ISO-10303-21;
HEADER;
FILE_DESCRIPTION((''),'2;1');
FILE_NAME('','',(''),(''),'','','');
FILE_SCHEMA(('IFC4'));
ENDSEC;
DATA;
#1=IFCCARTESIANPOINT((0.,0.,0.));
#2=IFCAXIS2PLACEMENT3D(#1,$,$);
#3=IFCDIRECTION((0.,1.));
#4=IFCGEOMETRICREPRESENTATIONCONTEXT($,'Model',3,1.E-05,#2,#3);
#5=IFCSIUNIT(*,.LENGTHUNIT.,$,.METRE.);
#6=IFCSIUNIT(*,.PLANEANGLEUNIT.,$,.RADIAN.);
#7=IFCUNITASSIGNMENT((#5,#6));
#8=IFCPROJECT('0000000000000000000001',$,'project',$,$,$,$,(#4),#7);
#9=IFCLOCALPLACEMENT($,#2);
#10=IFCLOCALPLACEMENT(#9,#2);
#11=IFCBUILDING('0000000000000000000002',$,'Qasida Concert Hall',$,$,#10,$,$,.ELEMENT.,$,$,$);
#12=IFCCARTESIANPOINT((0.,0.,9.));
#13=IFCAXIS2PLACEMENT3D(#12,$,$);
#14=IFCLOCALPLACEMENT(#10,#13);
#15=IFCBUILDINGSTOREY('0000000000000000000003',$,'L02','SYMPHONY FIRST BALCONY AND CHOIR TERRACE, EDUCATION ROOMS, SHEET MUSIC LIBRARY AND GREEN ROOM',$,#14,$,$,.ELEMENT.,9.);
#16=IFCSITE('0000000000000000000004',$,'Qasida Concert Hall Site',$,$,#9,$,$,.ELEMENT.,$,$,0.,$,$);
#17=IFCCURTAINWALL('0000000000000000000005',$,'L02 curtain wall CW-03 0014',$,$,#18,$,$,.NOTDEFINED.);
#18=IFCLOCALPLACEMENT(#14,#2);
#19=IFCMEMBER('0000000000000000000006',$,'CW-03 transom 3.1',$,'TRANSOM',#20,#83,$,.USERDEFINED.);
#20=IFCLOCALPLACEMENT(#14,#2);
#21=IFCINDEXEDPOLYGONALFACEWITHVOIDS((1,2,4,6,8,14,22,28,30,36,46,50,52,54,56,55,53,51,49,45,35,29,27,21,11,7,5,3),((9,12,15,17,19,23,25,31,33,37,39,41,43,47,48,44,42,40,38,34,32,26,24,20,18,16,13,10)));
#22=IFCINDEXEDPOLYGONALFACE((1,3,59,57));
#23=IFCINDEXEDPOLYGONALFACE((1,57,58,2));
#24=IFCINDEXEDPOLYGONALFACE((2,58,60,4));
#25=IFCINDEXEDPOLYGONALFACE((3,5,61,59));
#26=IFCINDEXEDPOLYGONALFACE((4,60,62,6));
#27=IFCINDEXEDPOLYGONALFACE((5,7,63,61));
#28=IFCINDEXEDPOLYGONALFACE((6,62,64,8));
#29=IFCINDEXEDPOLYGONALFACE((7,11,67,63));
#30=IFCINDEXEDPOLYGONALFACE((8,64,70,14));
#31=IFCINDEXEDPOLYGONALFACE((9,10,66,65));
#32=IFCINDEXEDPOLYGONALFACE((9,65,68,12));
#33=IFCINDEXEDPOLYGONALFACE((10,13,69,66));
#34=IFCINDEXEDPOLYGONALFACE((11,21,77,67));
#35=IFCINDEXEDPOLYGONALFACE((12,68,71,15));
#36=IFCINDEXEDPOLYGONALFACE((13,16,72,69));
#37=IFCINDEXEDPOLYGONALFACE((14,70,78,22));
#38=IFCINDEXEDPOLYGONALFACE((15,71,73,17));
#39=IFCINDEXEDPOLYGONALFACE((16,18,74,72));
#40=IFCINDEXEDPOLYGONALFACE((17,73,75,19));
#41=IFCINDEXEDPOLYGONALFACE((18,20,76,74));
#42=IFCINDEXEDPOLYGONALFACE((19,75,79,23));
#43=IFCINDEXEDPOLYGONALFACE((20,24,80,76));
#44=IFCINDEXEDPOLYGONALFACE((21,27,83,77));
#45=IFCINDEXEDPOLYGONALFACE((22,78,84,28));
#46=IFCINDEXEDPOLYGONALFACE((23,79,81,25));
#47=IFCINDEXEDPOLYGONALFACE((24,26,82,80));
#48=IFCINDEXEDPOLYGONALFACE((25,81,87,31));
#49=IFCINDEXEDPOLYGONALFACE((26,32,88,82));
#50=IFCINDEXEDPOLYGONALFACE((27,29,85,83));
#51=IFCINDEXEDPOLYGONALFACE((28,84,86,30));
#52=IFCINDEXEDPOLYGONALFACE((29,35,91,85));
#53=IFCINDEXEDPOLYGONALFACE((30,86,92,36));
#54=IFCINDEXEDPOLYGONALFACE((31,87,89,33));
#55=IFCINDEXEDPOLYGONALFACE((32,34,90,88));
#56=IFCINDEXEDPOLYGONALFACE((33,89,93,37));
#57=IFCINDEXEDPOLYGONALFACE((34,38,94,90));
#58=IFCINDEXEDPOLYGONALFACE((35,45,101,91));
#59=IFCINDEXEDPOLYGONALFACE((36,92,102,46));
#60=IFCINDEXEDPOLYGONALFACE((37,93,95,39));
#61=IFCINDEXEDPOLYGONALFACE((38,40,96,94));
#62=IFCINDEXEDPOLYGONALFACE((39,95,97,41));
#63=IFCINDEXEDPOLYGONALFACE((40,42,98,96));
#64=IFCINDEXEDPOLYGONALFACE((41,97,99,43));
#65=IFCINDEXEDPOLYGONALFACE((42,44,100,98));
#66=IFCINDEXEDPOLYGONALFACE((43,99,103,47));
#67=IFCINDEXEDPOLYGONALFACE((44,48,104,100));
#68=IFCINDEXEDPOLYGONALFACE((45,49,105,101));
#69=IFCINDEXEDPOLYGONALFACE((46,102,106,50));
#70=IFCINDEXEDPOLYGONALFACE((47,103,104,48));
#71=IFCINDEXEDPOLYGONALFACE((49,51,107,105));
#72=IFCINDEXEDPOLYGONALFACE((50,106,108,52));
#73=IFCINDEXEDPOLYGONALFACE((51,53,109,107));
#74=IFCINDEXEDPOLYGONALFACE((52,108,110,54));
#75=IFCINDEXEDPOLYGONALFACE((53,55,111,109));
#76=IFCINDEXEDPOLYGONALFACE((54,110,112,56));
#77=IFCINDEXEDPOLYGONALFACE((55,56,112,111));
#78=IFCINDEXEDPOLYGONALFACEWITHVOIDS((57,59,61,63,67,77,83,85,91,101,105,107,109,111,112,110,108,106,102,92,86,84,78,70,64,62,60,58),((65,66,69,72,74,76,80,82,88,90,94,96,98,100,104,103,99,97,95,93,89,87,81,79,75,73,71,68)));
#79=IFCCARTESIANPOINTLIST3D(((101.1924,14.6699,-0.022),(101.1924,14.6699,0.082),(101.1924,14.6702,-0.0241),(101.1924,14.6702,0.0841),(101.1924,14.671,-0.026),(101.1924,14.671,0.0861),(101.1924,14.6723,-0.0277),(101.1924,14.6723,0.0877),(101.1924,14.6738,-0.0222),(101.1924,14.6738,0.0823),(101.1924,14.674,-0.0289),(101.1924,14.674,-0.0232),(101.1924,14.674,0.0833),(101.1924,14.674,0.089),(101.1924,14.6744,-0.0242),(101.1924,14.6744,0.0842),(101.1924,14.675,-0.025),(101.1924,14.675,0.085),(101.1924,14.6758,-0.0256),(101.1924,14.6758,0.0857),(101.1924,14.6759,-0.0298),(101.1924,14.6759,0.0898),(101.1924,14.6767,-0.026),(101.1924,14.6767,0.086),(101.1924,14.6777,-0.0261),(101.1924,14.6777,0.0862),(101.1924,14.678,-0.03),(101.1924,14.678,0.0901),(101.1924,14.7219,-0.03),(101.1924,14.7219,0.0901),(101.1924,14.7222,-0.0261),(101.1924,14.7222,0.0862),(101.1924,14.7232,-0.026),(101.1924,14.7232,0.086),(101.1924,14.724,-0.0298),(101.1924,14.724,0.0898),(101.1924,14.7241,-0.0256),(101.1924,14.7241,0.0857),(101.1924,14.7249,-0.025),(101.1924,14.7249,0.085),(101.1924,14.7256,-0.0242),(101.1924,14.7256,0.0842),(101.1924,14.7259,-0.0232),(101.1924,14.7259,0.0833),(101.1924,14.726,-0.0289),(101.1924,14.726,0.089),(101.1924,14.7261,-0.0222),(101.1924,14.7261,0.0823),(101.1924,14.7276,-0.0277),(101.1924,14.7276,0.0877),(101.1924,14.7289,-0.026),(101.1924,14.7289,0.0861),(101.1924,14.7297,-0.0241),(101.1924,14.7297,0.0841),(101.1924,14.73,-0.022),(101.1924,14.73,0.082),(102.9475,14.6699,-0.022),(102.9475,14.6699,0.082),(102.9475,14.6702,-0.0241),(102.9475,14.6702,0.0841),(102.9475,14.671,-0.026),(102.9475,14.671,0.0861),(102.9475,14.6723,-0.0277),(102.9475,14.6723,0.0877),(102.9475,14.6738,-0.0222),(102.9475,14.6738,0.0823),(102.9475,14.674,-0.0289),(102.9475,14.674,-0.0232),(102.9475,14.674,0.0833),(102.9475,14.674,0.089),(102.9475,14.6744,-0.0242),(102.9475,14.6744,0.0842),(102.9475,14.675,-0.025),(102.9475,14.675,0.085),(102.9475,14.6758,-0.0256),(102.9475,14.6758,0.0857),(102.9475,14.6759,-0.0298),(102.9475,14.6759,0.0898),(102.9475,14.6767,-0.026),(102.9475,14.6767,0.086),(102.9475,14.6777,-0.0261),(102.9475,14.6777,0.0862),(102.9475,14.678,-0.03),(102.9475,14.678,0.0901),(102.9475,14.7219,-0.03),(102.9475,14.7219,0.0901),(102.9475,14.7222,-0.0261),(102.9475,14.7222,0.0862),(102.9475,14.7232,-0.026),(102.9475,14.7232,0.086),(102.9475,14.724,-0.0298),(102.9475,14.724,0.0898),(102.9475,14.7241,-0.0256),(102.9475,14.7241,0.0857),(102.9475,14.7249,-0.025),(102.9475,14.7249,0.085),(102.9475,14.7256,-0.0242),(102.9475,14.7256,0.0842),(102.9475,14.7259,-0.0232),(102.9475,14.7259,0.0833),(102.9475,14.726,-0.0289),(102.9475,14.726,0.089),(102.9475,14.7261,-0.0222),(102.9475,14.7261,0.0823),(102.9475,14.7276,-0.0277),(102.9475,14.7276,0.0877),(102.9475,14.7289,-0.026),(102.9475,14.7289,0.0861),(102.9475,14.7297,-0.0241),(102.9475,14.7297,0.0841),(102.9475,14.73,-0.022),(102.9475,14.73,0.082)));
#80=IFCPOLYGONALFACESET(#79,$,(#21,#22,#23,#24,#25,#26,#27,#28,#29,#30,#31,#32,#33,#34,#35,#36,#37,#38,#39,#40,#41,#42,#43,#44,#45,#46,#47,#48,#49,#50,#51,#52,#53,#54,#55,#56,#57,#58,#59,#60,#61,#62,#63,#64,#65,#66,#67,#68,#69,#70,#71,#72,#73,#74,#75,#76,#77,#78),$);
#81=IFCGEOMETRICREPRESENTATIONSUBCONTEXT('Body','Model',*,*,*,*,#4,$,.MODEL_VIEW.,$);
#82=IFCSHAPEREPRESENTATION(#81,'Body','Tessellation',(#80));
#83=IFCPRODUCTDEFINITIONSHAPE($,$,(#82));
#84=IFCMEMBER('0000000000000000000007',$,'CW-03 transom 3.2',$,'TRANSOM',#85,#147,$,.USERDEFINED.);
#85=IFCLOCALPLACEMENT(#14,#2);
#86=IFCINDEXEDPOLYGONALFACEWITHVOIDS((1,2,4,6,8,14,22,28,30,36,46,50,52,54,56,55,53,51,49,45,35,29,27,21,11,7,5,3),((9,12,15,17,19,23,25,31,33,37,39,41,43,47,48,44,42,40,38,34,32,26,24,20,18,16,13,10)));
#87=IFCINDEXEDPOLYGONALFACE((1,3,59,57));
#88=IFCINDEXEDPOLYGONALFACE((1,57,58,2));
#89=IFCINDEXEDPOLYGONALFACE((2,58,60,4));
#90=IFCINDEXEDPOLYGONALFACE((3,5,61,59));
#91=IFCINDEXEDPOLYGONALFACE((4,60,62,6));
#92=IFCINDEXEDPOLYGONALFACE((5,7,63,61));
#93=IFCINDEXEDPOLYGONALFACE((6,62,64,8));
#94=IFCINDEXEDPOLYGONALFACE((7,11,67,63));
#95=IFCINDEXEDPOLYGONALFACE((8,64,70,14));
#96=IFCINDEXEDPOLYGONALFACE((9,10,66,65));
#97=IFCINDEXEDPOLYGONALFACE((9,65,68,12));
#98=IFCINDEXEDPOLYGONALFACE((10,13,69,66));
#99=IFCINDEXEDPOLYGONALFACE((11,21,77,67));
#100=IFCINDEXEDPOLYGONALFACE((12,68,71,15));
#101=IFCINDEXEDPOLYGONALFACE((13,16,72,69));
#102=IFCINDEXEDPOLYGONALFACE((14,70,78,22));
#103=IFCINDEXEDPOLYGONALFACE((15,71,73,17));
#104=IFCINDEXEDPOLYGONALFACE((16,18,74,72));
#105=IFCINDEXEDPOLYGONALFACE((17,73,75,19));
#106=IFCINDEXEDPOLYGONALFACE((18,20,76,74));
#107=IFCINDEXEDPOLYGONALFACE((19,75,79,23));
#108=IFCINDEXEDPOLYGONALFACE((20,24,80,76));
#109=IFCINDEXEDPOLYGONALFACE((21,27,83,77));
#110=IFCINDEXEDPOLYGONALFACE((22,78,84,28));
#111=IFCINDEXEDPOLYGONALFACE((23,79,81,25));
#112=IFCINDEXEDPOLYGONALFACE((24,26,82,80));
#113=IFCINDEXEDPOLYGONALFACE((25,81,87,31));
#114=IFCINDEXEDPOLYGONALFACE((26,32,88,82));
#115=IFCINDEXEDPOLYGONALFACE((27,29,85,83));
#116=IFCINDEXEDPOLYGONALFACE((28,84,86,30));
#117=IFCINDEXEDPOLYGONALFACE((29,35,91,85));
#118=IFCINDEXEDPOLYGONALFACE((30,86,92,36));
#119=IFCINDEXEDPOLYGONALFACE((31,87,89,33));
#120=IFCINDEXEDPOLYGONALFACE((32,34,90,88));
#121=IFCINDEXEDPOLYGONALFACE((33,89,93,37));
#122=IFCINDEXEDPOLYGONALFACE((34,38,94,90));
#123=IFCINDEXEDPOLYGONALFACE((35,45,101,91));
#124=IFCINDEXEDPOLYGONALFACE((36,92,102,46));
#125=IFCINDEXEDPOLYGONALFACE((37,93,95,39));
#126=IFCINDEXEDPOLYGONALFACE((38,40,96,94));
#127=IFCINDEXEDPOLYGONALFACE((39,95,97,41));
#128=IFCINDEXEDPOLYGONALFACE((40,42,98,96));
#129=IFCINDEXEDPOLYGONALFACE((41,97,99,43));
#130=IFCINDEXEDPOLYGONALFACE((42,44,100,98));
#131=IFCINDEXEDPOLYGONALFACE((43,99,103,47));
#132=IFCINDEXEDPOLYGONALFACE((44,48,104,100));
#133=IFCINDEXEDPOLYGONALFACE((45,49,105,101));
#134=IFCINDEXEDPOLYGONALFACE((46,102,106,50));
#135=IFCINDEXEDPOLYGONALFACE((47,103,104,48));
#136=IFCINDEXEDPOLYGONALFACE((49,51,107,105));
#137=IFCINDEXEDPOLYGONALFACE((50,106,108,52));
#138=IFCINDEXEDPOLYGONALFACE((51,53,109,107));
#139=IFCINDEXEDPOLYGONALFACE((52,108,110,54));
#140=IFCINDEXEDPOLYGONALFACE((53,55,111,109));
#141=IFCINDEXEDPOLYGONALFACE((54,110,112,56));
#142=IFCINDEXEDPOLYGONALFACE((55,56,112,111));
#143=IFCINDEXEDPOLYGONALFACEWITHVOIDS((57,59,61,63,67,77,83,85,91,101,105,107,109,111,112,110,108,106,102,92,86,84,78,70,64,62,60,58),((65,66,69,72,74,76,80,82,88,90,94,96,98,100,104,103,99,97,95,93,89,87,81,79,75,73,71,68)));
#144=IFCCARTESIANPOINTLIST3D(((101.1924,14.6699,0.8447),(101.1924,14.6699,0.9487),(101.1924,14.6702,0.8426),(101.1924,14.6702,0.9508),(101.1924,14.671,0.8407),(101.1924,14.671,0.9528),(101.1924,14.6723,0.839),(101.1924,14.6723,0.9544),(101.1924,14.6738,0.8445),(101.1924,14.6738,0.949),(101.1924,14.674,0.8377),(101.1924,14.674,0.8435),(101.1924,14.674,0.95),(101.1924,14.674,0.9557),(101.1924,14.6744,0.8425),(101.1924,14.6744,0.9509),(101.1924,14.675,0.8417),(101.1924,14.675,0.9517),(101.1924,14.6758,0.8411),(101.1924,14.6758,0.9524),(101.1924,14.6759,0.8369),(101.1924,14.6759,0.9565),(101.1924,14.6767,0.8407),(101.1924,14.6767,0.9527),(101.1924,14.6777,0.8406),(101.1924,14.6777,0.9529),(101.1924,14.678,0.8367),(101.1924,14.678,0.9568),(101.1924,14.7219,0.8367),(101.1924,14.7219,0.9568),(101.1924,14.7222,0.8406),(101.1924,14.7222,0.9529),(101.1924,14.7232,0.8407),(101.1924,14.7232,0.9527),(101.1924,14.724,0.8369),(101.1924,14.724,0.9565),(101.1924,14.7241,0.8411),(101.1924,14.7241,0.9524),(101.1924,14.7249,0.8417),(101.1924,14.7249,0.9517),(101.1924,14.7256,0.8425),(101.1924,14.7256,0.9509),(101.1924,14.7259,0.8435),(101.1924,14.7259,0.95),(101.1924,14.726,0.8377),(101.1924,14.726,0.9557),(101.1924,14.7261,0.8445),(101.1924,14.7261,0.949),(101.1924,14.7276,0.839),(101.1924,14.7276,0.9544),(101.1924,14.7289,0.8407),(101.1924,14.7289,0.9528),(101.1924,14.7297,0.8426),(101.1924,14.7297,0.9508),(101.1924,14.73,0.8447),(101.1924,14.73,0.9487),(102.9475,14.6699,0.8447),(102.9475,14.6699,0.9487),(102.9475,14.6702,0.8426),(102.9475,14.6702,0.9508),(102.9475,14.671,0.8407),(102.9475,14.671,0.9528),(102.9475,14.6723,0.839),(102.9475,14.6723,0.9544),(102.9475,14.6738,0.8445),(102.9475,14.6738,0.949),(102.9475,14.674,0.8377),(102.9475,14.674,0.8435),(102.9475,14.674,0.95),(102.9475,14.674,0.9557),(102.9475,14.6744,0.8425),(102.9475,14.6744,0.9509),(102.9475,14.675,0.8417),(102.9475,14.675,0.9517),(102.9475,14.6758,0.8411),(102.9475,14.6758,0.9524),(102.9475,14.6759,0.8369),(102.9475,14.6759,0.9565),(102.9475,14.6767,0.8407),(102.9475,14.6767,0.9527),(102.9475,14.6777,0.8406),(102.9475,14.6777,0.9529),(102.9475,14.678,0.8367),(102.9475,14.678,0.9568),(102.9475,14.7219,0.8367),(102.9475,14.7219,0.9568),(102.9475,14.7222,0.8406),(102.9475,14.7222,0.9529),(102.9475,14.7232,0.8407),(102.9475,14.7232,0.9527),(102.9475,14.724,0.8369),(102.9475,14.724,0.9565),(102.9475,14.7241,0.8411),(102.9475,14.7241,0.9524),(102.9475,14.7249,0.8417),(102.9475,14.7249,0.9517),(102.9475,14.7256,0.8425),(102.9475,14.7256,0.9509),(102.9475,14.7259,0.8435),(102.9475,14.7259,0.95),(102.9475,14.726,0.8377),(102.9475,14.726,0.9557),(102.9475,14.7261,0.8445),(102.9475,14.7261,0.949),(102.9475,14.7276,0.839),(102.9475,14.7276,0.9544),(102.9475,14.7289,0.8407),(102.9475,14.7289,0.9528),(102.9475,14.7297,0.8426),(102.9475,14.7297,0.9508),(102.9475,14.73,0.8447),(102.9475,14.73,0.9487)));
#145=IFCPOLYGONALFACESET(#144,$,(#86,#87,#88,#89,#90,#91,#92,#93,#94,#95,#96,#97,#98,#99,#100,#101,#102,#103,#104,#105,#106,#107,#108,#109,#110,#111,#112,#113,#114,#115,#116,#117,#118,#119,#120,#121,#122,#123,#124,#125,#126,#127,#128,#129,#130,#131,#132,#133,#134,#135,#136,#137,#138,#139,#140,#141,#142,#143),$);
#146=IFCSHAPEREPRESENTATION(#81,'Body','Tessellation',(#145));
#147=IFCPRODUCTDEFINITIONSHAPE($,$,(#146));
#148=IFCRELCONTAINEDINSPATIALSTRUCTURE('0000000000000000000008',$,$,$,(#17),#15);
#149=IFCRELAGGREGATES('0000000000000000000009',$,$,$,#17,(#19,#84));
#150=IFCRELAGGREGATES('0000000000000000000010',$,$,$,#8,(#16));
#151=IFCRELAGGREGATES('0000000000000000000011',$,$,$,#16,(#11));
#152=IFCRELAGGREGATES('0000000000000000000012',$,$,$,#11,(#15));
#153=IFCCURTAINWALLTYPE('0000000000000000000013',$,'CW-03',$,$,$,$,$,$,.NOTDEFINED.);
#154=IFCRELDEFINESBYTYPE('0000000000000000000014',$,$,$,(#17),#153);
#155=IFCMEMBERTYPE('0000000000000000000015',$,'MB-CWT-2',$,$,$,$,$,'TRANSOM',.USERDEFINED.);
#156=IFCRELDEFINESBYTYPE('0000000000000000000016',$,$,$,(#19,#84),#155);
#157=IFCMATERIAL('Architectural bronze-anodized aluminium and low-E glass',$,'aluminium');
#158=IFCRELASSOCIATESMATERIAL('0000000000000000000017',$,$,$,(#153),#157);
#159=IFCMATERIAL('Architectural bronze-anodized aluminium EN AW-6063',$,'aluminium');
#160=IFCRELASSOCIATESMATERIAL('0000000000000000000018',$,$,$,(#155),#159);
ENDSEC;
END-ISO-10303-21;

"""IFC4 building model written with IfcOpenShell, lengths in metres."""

from ifc_helpers import new_model, si_unit, direction, frame, origin, origin_2d, place, context, subcontext, project, spatial, hollow_rectangle, extrude, material, material_profile, profile_set, type_object, element, aggregate, save


model = new_model("IFC4")

# Units and contexts
model_context = context("Model", 3, precision=1e-05, world=origin(), true_north=direction((0.0, 1.0)))
body_context = subcontext(model_context, "Body", "Model", "MODEL_VIEW")
ifc_project = project(units=[si_unit("LENGTHUNIT", "METRE"), si_unit("PLANEANGLEUNIT", "RADIAN")], contexts=[model_context])

# Site, building, storey
site_placement = place(None, origin())
site = spatial("IfcSite", under=ifc_project, at=site_placement, Name="Qasida Concert Hall Site", CompositionType="ELEMENT", RefElevation=0.0)
building_placement = place(site_placement, origin())
building = spatial("IfcBuilding", under=site, at=building_placement, Name="Qasida Concert Hall", CompositionType="ELEMENT")
storey_placement = place(building_placement, frame((0.0, 0.0, 9.0)))
storey = spatial("IfcBuildingStorey", under=building, at=storey_placement, Name="L02", Description="SYMPHONY FIRST BALCONY AND CHOIR TERRACE, EDUCATION ROOMS, SHEET MUSIC LIBRARY AND GREEN ROOM", CompositionType="ELEMENT", Elevation=9.0)

# Curtain wall, members
ifc_material_1 = material(Name="Architectural bronze-anodized aluminium and low-E glass", Category="aluminium")
curtain_wall_type = type_object("IfcCurtainWallType", Name="CW-03", PredefinedType="NOTDEFINED", material=ifc_material_1)
curtain_wall_placement = place(storey_placement, origin())
curtain_wall = element("IfcCurtainWall", 1, at=curtain_wall_placement, inside=storey, type_object=curtain_wall_type, Name="L02 curtain wall CW-03 0014", PredefinedType="NOTDEFINED")
ifc_material_2 = material(Name="Architectural bronze-anodized aluminium EN AW-6063", Category="aluminium")
ifc_material_profile_1 = material_profile(ifc_material_2, hollow_rectangle(XDim=0.0601, YDim=0.1201, WallThickness=0.0039, InnerFilletRadius=0.0039, OuterFilletRadius=0.0081, at=origin_2d()), Name="CWT 120x60x4")
ifc_profile_set_1 = profile_set([ifc_material_profile_1], Name="Architectural bronze-anodized aluminium EN AW-6063")
member_type_1 = type_object("IfcMemberType", Name="MB-CWT-2", ElementType="TRANSOM", PredefinedType="USERDEFINED", material=ifc_profile_set_1)
member_1_placement = place(storey_placement, frame((101.1924, 14.7, 0.03), z_axis=(1.0, 0.0, 0.0), x_axis=(0.0, 1.0, 0.0)))
member_1 = element("IfcMember", 2, at=member_1_placement, type_object=member_type_1, Name="CW-03 transom 3.1", ObjectType="TRANSOM", PredefinedType="USERDEFINED", context=body_context, shape_type="SweptSolid", body=[
    extrude(hollow_rectangle(XDim=0.0601, YDim=0.1201, WallThickness=0.0039, InnerFilletRadius=0.0039, OuterFilletRadius=0.0081, at=origin_2d()), origin(), (0.0, 0.0, 1.0), 1.7551),
])
member_2_placement = place(storey_placement, frame((101.1924, 14.7, 0.8967), z_axis=(1.0, 0.0, 0.0), x_axis=(0.0, 1.0, 0.0)))
member_2 = element("IfcMember", 3, at=member_2_placement, type_object=member_type_1, Name="CW-03 transom 3.2", ObjectType="TRANSOM", PredefinedType="USERDEFINED", context=body_context, shape_type="SweptSolid", body=[
    extrude(hollow_rectangle(XDim=0.0601, YDim=0.1201, WallThickness=0.0039, InnerFilletRadius=0.0039, OuterFilletRadius=0.0081, at=origin_2d()), origin(), (0.0, 0.0, 1.0), 1.7551),
])
aggregate(curtain_wall, [member_1, member_2])

save(model, "model.ifc")
